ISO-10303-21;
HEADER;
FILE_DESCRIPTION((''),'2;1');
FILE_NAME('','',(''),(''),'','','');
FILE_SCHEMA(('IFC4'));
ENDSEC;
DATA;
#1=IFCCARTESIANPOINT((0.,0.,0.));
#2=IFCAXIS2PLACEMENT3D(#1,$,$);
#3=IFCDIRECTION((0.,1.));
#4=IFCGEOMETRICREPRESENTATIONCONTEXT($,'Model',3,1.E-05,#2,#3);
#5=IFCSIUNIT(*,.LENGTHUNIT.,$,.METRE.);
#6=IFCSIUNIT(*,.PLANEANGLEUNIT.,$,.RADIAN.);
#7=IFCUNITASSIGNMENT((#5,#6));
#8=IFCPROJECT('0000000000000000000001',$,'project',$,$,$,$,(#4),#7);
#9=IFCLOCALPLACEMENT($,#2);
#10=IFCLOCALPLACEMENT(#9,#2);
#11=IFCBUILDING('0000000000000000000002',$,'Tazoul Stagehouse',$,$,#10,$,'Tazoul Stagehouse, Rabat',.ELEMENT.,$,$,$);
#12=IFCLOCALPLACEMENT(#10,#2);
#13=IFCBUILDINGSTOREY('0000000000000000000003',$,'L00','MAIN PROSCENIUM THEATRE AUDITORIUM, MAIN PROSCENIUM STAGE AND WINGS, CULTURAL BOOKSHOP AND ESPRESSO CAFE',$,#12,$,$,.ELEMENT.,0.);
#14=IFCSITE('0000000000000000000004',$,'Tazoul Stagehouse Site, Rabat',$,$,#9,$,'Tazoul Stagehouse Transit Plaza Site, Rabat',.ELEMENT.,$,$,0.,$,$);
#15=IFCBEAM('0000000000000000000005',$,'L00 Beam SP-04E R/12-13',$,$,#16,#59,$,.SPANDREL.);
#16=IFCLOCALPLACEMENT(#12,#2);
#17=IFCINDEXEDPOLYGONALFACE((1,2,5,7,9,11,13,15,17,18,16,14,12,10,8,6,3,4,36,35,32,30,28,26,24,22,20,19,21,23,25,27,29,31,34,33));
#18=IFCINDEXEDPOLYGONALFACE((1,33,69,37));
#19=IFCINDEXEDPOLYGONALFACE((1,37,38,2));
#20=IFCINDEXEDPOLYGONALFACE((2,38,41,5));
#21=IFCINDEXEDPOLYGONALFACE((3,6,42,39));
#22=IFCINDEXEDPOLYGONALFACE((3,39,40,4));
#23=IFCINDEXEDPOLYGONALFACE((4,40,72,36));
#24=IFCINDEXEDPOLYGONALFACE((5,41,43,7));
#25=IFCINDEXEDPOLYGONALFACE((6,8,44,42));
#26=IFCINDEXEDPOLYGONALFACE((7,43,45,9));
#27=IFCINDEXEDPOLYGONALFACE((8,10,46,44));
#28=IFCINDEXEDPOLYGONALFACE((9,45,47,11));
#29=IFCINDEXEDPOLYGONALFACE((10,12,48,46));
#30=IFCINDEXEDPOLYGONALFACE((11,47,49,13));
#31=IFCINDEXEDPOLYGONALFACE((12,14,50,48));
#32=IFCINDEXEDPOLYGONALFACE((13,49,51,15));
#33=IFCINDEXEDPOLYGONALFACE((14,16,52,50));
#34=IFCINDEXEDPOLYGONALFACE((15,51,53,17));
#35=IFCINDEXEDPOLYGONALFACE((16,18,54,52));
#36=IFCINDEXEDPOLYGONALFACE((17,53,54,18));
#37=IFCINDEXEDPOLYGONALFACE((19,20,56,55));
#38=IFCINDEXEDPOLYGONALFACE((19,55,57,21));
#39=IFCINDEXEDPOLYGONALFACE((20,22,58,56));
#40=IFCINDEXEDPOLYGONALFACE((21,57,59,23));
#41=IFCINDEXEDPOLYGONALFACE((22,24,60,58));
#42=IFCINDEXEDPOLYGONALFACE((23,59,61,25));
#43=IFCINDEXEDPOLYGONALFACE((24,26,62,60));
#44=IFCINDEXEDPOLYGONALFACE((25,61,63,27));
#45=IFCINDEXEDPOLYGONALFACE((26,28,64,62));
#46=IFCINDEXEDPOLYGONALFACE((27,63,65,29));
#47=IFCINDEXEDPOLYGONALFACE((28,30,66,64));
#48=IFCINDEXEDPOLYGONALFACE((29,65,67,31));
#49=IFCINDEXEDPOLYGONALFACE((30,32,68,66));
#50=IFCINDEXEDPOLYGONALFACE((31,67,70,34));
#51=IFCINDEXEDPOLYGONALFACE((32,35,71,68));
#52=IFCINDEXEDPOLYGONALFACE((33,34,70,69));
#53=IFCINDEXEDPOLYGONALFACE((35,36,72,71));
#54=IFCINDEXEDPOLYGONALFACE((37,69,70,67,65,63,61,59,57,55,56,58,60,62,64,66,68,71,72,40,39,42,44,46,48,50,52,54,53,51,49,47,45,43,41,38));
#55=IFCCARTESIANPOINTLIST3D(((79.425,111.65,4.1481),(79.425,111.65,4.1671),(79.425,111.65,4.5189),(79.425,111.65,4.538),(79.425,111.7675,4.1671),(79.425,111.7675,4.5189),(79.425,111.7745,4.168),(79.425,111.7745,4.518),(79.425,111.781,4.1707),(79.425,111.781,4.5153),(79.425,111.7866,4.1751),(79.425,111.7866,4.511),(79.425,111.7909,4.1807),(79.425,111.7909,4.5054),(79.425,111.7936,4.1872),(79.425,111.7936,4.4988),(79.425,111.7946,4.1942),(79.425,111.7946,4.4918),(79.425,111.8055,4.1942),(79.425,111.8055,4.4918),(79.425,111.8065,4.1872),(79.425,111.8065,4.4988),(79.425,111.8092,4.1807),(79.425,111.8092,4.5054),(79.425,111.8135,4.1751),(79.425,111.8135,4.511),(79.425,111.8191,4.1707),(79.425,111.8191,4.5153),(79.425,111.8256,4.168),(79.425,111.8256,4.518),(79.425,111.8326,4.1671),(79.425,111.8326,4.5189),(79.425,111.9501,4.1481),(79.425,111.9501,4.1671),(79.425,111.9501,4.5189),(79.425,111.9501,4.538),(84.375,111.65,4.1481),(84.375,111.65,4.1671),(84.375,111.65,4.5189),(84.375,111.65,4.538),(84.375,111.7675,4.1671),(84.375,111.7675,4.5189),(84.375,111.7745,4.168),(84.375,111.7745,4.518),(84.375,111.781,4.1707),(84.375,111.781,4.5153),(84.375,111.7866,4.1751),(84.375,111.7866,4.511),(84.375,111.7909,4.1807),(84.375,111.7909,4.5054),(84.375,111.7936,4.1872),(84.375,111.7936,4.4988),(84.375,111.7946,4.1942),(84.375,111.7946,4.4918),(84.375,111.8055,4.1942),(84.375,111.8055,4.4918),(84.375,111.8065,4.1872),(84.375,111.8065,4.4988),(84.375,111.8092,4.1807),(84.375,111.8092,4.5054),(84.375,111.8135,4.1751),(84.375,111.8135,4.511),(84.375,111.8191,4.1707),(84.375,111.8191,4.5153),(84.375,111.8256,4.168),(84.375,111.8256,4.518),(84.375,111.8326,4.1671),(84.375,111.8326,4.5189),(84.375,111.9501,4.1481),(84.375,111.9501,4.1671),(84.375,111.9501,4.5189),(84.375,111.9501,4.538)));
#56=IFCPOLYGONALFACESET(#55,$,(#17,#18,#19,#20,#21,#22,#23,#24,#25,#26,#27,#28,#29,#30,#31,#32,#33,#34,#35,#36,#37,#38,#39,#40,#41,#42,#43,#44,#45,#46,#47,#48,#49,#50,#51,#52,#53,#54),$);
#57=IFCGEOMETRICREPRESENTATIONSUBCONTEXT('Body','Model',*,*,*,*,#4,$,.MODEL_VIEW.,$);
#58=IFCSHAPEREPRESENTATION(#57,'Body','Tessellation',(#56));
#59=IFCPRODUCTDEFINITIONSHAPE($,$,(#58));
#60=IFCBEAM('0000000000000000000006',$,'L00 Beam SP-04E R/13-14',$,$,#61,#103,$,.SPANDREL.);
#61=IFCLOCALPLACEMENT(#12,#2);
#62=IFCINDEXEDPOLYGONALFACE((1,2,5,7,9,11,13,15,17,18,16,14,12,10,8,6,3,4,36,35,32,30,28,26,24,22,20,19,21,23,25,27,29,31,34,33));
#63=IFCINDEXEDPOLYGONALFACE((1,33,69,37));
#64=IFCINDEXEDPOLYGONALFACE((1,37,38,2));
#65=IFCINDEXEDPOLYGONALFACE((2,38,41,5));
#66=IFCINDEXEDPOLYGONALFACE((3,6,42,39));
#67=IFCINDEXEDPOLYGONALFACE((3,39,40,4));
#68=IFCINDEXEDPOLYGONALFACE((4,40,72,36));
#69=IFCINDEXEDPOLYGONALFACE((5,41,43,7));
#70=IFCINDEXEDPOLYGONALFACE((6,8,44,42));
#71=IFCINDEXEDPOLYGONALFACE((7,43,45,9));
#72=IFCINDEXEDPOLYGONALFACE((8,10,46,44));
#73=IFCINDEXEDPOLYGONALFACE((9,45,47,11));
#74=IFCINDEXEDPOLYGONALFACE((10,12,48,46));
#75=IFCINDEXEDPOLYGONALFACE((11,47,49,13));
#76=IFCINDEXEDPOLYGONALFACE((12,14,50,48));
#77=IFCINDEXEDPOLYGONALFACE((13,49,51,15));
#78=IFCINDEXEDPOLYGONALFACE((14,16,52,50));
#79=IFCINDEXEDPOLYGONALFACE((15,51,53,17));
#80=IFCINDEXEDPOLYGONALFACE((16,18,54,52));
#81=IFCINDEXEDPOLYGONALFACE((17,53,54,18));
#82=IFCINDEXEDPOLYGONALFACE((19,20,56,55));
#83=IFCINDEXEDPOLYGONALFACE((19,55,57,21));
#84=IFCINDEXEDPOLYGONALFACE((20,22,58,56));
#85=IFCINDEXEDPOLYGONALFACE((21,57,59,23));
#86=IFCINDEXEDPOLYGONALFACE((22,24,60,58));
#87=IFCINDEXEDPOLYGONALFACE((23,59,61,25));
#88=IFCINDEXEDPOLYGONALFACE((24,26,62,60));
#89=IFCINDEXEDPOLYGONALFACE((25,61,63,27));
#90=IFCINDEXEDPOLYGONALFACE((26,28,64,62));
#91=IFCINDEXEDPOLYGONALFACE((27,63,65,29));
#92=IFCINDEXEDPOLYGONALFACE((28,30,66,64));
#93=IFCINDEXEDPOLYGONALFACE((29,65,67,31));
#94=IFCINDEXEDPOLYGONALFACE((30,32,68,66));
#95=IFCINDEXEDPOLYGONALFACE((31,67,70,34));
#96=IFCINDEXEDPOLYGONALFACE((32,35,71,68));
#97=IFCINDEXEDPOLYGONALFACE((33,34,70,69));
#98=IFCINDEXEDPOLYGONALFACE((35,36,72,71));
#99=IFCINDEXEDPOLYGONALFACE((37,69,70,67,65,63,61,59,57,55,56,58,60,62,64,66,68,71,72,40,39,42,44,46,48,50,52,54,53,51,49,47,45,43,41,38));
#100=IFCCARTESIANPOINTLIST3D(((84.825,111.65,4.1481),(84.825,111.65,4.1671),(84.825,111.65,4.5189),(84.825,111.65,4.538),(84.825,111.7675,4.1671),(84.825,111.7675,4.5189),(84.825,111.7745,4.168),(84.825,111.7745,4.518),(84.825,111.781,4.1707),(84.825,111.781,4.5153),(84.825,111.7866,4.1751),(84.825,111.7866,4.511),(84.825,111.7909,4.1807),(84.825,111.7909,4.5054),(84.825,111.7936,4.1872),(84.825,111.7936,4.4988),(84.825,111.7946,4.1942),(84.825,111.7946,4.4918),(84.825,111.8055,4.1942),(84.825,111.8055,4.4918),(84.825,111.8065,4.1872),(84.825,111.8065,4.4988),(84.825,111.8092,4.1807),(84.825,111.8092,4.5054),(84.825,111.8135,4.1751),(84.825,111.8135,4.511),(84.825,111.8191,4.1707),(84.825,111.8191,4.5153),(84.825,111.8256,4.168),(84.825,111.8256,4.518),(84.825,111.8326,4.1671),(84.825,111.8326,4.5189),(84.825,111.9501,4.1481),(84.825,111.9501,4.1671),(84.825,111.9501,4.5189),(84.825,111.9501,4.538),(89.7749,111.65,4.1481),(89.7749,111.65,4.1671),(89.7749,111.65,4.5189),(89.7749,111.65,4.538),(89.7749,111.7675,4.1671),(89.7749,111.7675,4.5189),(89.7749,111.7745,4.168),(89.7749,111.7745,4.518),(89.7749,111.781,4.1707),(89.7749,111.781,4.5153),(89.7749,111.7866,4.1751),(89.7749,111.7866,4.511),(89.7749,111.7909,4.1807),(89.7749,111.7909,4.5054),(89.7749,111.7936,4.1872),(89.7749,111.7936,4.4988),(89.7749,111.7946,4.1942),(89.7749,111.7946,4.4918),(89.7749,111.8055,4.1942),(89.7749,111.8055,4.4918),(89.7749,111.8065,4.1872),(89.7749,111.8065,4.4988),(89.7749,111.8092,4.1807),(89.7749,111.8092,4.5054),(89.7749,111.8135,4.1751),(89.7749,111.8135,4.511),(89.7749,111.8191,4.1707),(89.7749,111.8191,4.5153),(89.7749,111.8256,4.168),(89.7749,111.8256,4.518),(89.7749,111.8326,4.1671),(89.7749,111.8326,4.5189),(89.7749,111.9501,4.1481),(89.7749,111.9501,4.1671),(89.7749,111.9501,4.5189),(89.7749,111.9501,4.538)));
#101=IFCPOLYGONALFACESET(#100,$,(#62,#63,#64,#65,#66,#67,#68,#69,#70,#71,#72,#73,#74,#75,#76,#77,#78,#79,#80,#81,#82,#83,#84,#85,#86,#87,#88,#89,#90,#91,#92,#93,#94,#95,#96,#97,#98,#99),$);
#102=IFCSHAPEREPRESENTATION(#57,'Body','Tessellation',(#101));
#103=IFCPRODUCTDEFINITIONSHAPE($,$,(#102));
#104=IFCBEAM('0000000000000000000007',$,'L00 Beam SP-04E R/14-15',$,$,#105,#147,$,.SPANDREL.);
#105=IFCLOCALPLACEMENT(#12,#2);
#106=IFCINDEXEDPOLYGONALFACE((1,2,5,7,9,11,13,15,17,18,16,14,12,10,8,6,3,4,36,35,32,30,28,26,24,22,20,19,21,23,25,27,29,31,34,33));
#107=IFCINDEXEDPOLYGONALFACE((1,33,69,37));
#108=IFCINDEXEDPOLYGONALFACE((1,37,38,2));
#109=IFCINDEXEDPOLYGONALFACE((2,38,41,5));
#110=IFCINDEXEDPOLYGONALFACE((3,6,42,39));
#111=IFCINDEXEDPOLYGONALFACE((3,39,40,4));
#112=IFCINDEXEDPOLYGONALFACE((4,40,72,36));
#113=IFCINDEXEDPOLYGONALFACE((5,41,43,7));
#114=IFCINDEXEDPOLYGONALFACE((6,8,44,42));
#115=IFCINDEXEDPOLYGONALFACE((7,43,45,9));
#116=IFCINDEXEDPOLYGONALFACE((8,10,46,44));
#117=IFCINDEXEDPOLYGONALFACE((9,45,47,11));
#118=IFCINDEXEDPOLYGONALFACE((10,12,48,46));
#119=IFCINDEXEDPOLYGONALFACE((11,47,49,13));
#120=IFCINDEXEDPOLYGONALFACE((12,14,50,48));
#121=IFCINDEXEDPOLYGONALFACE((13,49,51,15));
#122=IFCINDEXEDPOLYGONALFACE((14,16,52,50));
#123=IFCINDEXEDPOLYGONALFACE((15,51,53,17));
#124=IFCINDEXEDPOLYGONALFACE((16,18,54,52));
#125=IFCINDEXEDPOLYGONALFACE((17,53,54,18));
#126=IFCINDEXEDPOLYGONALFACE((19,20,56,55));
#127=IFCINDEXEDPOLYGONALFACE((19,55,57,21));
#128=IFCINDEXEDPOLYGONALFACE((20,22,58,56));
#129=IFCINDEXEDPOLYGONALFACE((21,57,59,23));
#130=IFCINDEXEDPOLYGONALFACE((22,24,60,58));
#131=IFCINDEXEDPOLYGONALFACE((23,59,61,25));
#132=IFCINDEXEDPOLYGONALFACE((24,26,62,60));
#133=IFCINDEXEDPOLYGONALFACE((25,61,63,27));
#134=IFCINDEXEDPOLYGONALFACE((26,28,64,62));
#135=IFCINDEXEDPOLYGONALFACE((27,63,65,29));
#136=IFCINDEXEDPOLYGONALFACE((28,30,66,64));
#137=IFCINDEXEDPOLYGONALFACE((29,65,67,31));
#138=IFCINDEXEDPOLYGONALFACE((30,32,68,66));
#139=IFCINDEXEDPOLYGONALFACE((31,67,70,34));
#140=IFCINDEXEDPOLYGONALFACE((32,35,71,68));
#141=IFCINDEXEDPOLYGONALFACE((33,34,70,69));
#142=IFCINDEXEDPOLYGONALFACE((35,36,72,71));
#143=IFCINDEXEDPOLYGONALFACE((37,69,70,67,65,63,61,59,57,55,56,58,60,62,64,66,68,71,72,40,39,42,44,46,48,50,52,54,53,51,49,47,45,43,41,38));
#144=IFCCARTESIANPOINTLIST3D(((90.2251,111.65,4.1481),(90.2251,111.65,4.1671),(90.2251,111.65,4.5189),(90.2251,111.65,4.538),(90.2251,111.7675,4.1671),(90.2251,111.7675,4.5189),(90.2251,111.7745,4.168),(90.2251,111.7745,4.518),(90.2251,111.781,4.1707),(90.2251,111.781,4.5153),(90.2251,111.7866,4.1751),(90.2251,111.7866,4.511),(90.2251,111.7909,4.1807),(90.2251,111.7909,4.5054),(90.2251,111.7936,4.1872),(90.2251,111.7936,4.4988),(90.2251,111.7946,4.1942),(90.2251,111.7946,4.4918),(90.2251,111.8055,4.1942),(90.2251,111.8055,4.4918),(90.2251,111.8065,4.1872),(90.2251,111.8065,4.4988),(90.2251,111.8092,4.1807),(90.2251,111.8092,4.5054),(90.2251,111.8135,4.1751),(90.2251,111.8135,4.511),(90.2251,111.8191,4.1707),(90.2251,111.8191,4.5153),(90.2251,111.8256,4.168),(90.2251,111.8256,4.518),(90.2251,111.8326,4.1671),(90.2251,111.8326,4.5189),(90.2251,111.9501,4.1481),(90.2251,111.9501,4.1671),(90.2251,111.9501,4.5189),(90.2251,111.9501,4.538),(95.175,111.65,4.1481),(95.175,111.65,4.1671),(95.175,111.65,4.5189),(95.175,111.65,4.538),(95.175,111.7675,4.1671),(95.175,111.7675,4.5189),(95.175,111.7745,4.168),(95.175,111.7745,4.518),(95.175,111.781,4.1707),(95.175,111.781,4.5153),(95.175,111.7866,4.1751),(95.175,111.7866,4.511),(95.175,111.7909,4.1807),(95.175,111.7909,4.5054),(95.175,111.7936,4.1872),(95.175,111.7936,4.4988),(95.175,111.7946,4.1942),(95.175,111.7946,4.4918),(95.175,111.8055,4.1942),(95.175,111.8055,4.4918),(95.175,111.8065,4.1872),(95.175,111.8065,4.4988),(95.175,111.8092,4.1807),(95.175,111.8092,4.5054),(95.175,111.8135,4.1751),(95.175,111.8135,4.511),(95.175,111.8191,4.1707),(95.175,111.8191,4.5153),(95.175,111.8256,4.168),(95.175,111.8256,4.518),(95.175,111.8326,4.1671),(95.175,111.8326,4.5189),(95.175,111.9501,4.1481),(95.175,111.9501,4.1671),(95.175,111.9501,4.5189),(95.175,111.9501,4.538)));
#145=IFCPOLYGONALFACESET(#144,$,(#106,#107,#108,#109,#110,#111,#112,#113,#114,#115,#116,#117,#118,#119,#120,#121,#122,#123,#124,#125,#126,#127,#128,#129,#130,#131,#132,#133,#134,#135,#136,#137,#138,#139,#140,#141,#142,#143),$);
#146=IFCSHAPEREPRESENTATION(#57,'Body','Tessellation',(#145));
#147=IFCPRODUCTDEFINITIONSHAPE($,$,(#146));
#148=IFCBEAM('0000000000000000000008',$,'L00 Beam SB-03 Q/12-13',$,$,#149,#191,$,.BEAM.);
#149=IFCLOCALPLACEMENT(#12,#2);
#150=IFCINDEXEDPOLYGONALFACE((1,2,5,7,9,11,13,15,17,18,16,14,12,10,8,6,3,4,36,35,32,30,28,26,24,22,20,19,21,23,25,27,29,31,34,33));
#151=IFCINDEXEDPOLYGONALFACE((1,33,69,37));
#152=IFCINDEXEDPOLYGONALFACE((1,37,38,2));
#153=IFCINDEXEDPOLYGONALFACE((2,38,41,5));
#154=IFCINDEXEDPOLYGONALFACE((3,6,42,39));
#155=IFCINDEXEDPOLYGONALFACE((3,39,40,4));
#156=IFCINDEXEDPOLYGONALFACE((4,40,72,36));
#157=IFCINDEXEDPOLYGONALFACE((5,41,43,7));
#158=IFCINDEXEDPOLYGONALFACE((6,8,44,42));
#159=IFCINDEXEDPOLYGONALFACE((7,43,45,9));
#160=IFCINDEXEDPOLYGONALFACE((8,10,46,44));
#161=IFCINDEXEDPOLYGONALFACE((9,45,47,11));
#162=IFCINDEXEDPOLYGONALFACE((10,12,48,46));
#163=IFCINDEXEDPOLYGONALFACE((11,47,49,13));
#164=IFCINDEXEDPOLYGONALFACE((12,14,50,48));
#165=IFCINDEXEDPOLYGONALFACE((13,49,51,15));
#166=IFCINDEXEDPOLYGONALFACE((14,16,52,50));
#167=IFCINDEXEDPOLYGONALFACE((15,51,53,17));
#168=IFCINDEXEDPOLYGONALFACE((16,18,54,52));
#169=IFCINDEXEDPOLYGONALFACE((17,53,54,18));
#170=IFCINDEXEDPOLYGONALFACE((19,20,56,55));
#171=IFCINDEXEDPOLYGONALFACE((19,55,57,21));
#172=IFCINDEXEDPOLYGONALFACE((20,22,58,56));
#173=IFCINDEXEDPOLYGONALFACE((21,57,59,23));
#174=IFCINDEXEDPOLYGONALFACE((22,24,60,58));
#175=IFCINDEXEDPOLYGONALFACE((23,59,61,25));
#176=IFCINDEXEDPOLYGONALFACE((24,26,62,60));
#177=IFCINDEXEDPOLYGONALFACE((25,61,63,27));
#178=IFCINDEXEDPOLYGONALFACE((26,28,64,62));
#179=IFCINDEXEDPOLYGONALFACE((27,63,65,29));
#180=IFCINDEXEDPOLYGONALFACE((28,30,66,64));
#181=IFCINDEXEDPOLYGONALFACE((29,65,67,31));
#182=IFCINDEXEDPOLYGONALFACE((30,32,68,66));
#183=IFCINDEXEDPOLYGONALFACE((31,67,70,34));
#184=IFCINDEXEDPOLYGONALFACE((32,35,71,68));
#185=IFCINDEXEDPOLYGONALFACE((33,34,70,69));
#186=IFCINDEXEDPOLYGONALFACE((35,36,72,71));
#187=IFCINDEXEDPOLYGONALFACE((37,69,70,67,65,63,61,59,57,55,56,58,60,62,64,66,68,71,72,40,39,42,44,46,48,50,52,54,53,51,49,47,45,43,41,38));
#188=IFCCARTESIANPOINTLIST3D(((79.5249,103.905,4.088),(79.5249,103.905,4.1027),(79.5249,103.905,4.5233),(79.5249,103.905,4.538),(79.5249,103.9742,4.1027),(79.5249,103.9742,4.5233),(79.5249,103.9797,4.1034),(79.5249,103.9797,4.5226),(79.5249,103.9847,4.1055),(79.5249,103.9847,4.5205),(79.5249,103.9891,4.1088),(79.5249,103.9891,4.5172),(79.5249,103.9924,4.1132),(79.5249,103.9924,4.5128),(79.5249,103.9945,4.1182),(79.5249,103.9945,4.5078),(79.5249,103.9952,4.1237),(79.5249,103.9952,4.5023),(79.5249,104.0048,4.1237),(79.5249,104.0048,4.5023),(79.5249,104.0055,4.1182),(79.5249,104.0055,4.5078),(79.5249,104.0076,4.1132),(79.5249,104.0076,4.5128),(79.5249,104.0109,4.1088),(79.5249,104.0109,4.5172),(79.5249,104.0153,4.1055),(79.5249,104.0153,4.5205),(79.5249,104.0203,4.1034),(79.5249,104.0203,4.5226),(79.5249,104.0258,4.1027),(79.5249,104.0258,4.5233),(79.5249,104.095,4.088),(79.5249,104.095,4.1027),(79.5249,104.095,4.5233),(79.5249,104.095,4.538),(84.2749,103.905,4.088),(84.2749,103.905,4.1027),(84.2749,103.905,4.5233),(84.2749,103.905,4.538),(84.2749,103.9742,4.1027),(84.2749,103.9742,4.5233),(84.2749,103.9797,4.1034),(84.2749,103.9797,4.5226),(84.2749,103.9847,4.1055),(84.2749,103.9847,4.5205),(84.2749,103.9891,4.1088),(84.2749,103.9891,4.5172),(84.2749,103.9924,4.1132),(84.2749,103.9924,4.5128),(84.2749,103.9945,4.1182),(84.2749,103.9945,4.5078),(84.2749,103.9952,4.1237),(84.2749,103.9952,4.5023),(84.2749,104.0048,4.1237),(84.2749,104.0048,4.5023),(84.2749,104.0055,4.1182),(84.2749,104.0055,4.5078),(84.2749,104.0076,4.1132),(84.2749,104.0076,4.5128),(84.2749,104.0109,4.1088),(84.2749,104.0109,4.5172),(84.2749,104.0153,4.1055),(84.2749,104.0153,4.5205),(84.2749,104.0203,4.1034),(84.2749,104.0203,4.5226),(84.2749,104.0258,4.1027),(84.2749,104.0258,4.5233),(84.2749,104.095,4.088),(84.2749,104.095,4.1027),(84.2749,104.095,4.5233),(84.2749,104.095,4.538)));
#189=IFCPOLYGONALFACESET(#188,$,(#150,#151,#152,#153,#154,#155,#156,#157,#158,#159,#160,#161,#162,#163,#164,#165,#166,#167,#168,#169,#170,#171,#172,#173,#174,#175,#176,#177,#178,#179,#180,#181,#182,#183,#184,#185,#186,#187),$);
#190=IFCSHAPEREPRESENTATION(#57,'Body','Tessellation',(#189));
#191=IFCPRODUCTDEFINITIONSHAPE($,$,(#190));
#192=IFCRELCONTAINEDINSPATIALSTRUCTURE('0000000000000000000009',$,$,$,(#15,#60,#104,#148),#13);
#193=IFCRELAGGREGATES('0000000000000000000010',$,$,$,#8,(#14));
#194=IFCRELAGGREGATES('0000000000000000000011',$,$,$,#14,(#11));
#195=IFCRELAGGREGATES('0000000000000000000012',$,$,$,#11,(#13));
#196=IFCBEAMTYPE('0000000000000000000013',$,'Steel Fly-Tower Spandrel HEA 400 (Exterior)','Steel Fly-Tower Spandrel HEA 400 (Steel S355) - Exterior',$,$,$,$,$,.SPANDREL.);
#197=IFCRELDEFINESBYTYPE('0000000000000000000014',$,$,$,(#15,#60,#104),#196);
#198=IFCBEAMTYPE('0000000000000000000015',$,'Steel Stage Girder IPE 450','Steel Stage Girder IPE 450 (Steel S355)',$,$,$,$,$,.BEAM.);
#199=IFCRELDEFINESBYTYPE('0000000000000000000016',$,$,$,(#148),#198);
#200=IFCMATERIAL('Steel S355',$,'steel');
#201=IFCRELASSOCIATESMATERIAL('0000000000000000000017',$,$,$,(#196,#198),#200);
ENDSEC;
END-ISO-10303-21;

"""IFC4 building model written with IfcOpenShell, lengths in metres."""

from ifc_helpers import new_model, si_unit, direction, frame, origin, origin_2d, place, context, subcontext, project, spatial, i_section, extrude, material, material_profile, profile_set, type_object, element, save


model = new_model("IFC4")

# Units and contexts
model_context = context("Model", 3, precision=1e-05, world=origin(), true_north=direction((0.0, 1.0)))
body_context = subcontext(model_context, "Body", "Model", "MODEL_VIEW")
ifc_project = project(units=[si_unit("LENGTHUNIT", "METRE"), si_unit("PLANEANGLEUNIT", "RADIAN")], contexts=[model_context])

# Site, building, storey
site_placement = place(None, origin())
site = spatial("IfcSite", under=ifc_project, at=site_placement, Name="Tazoul Stagehouse Site, Rabat", LongName="Tazoul Stagehouse Transit Plaza Site, Rabat", CompositionType="ELEMENT", RefElevation=0.0)
building_placement = place(site_placement, origin())
building = spatial("IfcBuilding", under=site, at=building_placement, Name="Tazoul Stagehouse", LongName="Tazoul Stagehouse, Rabat", CompositionType="ELEMENT")
storey_placement = place(building_placement, origin())
storey = spatial("IfcBuildingStorey", under=building, at=storey_placement, Name="L00", Description="MAIN PROSCENIUM THEATRE AUDITORIUM, MAIN PROSCENIUM STAGE AND WINGS, CULTURAL BOOKSHOP AND ESPRESSO CAFE", CompositionType="ELEMENT", Elevation=0.0)

# Beams
ifc_material_1 = material(Name="Steel S355", Category="steel")
ifc_material_profile_1 = material_profile(ifc_material_1, i_section(OverallWidth=0.3, OverallDepth=0.3899, WebThickness=0.011, FlangeThickness=0.019, FilletRadius=0.0271, at=origin_2d()), Name="HEA 400")
ifc_profile_set_1 = profile_set([ifc_material_profile_1], Name="Steel S355")
beam_type_1 = type_object("IfcBeamType", Name="Steel Fly-Tower Spandrel HEA 400 (Exterior)", Description="Steel Fly-Tower Spandrel HEA 400 (Steel S355) - Exterior", PredefinedType="SPANDREL", material=ifc_profile_set_1)
for number, where, z_axis, x_axis, name in (
    (1, (79.425, 111.8, 4.343), (1.0, 0.0, 0.0), (0.0, 1.0, 0.0), "L00 Beam SP-04E R/12-13"),
    (2, (84.825, 111.8, 4.343), (1.0, 0.0, 0.0), (0.0, 1.0, 0.0), "L00 Beam SP-04E R/13-14"),
    (3, (90.2251, 111.8, 4.343), (1.0, 0.0, 0.0), (0.0, 1.0, 0.0), "L00 Beam SP-04E R/14-15"),
):
    element("IfcBeam", number, at=place(storey_placement, frame(where, z_axis=z_axis, x_axis=x_axis)), inside=storey, type_object=beam_type_1, Name=name, PredefinedType="SPANDREL", context=body_context, shape_type="SweptSolid", body=[
        extrude(i_section(OverallWidth=0.3, OverallDepth=0.3899, WebThickness=0.011, FlangeThickness=0.019, FilletRadius=0.0271, at=origin_2d()), origin(), (0.0, 0.0, 1.0), 4.95),
    ])
ifc_material_profile_2 = material_profile(ifc_material_1, i_section(OverallWidth=0.1899, OverallDepth=0.45, WebThickness=0.0095, FlangeThickness=0.0146, FilletRadius=0.021, at=origin_2d()), Name="IPE 450")
ifc_profile_set_2 = profile_set([ifc_material_profile_2], Name="Steel S355")
beam_type_2 = type_object("IfcBeamType", Name="Steel Stage Girder IPE 450", Description="Steel Stage Girder IPE 450 (Steel S355)", PredefinedType="BEAM", material=ifc_profile_set_2)
beam_1_placement = place(storey_placement, frame((79.5249, 104.0, 4.313), z_axis=(1.0, 0.0, 0.0), x_axis=(0.0, 1.0, 0.0)))
element("IfcBeam", 4, at=beam_1_placement, inside=storey, type_object=beam_type_2, Name="L00 Beam SB-03 Q/12-13", PredefinedType="BEAM", context=body_context, shape_type="SweptSolid", body=[
    extrude(i_section(OverallWidth=0.1899, OverallDepth=0.45, WebThickness=0.0095, FlangeThickness=0.0146, FilletRadius=0.021, at=origin_2d()), origin(), (0.0, 0.0, 1.0), 4.75),
])

save(model, "model.ifc")
